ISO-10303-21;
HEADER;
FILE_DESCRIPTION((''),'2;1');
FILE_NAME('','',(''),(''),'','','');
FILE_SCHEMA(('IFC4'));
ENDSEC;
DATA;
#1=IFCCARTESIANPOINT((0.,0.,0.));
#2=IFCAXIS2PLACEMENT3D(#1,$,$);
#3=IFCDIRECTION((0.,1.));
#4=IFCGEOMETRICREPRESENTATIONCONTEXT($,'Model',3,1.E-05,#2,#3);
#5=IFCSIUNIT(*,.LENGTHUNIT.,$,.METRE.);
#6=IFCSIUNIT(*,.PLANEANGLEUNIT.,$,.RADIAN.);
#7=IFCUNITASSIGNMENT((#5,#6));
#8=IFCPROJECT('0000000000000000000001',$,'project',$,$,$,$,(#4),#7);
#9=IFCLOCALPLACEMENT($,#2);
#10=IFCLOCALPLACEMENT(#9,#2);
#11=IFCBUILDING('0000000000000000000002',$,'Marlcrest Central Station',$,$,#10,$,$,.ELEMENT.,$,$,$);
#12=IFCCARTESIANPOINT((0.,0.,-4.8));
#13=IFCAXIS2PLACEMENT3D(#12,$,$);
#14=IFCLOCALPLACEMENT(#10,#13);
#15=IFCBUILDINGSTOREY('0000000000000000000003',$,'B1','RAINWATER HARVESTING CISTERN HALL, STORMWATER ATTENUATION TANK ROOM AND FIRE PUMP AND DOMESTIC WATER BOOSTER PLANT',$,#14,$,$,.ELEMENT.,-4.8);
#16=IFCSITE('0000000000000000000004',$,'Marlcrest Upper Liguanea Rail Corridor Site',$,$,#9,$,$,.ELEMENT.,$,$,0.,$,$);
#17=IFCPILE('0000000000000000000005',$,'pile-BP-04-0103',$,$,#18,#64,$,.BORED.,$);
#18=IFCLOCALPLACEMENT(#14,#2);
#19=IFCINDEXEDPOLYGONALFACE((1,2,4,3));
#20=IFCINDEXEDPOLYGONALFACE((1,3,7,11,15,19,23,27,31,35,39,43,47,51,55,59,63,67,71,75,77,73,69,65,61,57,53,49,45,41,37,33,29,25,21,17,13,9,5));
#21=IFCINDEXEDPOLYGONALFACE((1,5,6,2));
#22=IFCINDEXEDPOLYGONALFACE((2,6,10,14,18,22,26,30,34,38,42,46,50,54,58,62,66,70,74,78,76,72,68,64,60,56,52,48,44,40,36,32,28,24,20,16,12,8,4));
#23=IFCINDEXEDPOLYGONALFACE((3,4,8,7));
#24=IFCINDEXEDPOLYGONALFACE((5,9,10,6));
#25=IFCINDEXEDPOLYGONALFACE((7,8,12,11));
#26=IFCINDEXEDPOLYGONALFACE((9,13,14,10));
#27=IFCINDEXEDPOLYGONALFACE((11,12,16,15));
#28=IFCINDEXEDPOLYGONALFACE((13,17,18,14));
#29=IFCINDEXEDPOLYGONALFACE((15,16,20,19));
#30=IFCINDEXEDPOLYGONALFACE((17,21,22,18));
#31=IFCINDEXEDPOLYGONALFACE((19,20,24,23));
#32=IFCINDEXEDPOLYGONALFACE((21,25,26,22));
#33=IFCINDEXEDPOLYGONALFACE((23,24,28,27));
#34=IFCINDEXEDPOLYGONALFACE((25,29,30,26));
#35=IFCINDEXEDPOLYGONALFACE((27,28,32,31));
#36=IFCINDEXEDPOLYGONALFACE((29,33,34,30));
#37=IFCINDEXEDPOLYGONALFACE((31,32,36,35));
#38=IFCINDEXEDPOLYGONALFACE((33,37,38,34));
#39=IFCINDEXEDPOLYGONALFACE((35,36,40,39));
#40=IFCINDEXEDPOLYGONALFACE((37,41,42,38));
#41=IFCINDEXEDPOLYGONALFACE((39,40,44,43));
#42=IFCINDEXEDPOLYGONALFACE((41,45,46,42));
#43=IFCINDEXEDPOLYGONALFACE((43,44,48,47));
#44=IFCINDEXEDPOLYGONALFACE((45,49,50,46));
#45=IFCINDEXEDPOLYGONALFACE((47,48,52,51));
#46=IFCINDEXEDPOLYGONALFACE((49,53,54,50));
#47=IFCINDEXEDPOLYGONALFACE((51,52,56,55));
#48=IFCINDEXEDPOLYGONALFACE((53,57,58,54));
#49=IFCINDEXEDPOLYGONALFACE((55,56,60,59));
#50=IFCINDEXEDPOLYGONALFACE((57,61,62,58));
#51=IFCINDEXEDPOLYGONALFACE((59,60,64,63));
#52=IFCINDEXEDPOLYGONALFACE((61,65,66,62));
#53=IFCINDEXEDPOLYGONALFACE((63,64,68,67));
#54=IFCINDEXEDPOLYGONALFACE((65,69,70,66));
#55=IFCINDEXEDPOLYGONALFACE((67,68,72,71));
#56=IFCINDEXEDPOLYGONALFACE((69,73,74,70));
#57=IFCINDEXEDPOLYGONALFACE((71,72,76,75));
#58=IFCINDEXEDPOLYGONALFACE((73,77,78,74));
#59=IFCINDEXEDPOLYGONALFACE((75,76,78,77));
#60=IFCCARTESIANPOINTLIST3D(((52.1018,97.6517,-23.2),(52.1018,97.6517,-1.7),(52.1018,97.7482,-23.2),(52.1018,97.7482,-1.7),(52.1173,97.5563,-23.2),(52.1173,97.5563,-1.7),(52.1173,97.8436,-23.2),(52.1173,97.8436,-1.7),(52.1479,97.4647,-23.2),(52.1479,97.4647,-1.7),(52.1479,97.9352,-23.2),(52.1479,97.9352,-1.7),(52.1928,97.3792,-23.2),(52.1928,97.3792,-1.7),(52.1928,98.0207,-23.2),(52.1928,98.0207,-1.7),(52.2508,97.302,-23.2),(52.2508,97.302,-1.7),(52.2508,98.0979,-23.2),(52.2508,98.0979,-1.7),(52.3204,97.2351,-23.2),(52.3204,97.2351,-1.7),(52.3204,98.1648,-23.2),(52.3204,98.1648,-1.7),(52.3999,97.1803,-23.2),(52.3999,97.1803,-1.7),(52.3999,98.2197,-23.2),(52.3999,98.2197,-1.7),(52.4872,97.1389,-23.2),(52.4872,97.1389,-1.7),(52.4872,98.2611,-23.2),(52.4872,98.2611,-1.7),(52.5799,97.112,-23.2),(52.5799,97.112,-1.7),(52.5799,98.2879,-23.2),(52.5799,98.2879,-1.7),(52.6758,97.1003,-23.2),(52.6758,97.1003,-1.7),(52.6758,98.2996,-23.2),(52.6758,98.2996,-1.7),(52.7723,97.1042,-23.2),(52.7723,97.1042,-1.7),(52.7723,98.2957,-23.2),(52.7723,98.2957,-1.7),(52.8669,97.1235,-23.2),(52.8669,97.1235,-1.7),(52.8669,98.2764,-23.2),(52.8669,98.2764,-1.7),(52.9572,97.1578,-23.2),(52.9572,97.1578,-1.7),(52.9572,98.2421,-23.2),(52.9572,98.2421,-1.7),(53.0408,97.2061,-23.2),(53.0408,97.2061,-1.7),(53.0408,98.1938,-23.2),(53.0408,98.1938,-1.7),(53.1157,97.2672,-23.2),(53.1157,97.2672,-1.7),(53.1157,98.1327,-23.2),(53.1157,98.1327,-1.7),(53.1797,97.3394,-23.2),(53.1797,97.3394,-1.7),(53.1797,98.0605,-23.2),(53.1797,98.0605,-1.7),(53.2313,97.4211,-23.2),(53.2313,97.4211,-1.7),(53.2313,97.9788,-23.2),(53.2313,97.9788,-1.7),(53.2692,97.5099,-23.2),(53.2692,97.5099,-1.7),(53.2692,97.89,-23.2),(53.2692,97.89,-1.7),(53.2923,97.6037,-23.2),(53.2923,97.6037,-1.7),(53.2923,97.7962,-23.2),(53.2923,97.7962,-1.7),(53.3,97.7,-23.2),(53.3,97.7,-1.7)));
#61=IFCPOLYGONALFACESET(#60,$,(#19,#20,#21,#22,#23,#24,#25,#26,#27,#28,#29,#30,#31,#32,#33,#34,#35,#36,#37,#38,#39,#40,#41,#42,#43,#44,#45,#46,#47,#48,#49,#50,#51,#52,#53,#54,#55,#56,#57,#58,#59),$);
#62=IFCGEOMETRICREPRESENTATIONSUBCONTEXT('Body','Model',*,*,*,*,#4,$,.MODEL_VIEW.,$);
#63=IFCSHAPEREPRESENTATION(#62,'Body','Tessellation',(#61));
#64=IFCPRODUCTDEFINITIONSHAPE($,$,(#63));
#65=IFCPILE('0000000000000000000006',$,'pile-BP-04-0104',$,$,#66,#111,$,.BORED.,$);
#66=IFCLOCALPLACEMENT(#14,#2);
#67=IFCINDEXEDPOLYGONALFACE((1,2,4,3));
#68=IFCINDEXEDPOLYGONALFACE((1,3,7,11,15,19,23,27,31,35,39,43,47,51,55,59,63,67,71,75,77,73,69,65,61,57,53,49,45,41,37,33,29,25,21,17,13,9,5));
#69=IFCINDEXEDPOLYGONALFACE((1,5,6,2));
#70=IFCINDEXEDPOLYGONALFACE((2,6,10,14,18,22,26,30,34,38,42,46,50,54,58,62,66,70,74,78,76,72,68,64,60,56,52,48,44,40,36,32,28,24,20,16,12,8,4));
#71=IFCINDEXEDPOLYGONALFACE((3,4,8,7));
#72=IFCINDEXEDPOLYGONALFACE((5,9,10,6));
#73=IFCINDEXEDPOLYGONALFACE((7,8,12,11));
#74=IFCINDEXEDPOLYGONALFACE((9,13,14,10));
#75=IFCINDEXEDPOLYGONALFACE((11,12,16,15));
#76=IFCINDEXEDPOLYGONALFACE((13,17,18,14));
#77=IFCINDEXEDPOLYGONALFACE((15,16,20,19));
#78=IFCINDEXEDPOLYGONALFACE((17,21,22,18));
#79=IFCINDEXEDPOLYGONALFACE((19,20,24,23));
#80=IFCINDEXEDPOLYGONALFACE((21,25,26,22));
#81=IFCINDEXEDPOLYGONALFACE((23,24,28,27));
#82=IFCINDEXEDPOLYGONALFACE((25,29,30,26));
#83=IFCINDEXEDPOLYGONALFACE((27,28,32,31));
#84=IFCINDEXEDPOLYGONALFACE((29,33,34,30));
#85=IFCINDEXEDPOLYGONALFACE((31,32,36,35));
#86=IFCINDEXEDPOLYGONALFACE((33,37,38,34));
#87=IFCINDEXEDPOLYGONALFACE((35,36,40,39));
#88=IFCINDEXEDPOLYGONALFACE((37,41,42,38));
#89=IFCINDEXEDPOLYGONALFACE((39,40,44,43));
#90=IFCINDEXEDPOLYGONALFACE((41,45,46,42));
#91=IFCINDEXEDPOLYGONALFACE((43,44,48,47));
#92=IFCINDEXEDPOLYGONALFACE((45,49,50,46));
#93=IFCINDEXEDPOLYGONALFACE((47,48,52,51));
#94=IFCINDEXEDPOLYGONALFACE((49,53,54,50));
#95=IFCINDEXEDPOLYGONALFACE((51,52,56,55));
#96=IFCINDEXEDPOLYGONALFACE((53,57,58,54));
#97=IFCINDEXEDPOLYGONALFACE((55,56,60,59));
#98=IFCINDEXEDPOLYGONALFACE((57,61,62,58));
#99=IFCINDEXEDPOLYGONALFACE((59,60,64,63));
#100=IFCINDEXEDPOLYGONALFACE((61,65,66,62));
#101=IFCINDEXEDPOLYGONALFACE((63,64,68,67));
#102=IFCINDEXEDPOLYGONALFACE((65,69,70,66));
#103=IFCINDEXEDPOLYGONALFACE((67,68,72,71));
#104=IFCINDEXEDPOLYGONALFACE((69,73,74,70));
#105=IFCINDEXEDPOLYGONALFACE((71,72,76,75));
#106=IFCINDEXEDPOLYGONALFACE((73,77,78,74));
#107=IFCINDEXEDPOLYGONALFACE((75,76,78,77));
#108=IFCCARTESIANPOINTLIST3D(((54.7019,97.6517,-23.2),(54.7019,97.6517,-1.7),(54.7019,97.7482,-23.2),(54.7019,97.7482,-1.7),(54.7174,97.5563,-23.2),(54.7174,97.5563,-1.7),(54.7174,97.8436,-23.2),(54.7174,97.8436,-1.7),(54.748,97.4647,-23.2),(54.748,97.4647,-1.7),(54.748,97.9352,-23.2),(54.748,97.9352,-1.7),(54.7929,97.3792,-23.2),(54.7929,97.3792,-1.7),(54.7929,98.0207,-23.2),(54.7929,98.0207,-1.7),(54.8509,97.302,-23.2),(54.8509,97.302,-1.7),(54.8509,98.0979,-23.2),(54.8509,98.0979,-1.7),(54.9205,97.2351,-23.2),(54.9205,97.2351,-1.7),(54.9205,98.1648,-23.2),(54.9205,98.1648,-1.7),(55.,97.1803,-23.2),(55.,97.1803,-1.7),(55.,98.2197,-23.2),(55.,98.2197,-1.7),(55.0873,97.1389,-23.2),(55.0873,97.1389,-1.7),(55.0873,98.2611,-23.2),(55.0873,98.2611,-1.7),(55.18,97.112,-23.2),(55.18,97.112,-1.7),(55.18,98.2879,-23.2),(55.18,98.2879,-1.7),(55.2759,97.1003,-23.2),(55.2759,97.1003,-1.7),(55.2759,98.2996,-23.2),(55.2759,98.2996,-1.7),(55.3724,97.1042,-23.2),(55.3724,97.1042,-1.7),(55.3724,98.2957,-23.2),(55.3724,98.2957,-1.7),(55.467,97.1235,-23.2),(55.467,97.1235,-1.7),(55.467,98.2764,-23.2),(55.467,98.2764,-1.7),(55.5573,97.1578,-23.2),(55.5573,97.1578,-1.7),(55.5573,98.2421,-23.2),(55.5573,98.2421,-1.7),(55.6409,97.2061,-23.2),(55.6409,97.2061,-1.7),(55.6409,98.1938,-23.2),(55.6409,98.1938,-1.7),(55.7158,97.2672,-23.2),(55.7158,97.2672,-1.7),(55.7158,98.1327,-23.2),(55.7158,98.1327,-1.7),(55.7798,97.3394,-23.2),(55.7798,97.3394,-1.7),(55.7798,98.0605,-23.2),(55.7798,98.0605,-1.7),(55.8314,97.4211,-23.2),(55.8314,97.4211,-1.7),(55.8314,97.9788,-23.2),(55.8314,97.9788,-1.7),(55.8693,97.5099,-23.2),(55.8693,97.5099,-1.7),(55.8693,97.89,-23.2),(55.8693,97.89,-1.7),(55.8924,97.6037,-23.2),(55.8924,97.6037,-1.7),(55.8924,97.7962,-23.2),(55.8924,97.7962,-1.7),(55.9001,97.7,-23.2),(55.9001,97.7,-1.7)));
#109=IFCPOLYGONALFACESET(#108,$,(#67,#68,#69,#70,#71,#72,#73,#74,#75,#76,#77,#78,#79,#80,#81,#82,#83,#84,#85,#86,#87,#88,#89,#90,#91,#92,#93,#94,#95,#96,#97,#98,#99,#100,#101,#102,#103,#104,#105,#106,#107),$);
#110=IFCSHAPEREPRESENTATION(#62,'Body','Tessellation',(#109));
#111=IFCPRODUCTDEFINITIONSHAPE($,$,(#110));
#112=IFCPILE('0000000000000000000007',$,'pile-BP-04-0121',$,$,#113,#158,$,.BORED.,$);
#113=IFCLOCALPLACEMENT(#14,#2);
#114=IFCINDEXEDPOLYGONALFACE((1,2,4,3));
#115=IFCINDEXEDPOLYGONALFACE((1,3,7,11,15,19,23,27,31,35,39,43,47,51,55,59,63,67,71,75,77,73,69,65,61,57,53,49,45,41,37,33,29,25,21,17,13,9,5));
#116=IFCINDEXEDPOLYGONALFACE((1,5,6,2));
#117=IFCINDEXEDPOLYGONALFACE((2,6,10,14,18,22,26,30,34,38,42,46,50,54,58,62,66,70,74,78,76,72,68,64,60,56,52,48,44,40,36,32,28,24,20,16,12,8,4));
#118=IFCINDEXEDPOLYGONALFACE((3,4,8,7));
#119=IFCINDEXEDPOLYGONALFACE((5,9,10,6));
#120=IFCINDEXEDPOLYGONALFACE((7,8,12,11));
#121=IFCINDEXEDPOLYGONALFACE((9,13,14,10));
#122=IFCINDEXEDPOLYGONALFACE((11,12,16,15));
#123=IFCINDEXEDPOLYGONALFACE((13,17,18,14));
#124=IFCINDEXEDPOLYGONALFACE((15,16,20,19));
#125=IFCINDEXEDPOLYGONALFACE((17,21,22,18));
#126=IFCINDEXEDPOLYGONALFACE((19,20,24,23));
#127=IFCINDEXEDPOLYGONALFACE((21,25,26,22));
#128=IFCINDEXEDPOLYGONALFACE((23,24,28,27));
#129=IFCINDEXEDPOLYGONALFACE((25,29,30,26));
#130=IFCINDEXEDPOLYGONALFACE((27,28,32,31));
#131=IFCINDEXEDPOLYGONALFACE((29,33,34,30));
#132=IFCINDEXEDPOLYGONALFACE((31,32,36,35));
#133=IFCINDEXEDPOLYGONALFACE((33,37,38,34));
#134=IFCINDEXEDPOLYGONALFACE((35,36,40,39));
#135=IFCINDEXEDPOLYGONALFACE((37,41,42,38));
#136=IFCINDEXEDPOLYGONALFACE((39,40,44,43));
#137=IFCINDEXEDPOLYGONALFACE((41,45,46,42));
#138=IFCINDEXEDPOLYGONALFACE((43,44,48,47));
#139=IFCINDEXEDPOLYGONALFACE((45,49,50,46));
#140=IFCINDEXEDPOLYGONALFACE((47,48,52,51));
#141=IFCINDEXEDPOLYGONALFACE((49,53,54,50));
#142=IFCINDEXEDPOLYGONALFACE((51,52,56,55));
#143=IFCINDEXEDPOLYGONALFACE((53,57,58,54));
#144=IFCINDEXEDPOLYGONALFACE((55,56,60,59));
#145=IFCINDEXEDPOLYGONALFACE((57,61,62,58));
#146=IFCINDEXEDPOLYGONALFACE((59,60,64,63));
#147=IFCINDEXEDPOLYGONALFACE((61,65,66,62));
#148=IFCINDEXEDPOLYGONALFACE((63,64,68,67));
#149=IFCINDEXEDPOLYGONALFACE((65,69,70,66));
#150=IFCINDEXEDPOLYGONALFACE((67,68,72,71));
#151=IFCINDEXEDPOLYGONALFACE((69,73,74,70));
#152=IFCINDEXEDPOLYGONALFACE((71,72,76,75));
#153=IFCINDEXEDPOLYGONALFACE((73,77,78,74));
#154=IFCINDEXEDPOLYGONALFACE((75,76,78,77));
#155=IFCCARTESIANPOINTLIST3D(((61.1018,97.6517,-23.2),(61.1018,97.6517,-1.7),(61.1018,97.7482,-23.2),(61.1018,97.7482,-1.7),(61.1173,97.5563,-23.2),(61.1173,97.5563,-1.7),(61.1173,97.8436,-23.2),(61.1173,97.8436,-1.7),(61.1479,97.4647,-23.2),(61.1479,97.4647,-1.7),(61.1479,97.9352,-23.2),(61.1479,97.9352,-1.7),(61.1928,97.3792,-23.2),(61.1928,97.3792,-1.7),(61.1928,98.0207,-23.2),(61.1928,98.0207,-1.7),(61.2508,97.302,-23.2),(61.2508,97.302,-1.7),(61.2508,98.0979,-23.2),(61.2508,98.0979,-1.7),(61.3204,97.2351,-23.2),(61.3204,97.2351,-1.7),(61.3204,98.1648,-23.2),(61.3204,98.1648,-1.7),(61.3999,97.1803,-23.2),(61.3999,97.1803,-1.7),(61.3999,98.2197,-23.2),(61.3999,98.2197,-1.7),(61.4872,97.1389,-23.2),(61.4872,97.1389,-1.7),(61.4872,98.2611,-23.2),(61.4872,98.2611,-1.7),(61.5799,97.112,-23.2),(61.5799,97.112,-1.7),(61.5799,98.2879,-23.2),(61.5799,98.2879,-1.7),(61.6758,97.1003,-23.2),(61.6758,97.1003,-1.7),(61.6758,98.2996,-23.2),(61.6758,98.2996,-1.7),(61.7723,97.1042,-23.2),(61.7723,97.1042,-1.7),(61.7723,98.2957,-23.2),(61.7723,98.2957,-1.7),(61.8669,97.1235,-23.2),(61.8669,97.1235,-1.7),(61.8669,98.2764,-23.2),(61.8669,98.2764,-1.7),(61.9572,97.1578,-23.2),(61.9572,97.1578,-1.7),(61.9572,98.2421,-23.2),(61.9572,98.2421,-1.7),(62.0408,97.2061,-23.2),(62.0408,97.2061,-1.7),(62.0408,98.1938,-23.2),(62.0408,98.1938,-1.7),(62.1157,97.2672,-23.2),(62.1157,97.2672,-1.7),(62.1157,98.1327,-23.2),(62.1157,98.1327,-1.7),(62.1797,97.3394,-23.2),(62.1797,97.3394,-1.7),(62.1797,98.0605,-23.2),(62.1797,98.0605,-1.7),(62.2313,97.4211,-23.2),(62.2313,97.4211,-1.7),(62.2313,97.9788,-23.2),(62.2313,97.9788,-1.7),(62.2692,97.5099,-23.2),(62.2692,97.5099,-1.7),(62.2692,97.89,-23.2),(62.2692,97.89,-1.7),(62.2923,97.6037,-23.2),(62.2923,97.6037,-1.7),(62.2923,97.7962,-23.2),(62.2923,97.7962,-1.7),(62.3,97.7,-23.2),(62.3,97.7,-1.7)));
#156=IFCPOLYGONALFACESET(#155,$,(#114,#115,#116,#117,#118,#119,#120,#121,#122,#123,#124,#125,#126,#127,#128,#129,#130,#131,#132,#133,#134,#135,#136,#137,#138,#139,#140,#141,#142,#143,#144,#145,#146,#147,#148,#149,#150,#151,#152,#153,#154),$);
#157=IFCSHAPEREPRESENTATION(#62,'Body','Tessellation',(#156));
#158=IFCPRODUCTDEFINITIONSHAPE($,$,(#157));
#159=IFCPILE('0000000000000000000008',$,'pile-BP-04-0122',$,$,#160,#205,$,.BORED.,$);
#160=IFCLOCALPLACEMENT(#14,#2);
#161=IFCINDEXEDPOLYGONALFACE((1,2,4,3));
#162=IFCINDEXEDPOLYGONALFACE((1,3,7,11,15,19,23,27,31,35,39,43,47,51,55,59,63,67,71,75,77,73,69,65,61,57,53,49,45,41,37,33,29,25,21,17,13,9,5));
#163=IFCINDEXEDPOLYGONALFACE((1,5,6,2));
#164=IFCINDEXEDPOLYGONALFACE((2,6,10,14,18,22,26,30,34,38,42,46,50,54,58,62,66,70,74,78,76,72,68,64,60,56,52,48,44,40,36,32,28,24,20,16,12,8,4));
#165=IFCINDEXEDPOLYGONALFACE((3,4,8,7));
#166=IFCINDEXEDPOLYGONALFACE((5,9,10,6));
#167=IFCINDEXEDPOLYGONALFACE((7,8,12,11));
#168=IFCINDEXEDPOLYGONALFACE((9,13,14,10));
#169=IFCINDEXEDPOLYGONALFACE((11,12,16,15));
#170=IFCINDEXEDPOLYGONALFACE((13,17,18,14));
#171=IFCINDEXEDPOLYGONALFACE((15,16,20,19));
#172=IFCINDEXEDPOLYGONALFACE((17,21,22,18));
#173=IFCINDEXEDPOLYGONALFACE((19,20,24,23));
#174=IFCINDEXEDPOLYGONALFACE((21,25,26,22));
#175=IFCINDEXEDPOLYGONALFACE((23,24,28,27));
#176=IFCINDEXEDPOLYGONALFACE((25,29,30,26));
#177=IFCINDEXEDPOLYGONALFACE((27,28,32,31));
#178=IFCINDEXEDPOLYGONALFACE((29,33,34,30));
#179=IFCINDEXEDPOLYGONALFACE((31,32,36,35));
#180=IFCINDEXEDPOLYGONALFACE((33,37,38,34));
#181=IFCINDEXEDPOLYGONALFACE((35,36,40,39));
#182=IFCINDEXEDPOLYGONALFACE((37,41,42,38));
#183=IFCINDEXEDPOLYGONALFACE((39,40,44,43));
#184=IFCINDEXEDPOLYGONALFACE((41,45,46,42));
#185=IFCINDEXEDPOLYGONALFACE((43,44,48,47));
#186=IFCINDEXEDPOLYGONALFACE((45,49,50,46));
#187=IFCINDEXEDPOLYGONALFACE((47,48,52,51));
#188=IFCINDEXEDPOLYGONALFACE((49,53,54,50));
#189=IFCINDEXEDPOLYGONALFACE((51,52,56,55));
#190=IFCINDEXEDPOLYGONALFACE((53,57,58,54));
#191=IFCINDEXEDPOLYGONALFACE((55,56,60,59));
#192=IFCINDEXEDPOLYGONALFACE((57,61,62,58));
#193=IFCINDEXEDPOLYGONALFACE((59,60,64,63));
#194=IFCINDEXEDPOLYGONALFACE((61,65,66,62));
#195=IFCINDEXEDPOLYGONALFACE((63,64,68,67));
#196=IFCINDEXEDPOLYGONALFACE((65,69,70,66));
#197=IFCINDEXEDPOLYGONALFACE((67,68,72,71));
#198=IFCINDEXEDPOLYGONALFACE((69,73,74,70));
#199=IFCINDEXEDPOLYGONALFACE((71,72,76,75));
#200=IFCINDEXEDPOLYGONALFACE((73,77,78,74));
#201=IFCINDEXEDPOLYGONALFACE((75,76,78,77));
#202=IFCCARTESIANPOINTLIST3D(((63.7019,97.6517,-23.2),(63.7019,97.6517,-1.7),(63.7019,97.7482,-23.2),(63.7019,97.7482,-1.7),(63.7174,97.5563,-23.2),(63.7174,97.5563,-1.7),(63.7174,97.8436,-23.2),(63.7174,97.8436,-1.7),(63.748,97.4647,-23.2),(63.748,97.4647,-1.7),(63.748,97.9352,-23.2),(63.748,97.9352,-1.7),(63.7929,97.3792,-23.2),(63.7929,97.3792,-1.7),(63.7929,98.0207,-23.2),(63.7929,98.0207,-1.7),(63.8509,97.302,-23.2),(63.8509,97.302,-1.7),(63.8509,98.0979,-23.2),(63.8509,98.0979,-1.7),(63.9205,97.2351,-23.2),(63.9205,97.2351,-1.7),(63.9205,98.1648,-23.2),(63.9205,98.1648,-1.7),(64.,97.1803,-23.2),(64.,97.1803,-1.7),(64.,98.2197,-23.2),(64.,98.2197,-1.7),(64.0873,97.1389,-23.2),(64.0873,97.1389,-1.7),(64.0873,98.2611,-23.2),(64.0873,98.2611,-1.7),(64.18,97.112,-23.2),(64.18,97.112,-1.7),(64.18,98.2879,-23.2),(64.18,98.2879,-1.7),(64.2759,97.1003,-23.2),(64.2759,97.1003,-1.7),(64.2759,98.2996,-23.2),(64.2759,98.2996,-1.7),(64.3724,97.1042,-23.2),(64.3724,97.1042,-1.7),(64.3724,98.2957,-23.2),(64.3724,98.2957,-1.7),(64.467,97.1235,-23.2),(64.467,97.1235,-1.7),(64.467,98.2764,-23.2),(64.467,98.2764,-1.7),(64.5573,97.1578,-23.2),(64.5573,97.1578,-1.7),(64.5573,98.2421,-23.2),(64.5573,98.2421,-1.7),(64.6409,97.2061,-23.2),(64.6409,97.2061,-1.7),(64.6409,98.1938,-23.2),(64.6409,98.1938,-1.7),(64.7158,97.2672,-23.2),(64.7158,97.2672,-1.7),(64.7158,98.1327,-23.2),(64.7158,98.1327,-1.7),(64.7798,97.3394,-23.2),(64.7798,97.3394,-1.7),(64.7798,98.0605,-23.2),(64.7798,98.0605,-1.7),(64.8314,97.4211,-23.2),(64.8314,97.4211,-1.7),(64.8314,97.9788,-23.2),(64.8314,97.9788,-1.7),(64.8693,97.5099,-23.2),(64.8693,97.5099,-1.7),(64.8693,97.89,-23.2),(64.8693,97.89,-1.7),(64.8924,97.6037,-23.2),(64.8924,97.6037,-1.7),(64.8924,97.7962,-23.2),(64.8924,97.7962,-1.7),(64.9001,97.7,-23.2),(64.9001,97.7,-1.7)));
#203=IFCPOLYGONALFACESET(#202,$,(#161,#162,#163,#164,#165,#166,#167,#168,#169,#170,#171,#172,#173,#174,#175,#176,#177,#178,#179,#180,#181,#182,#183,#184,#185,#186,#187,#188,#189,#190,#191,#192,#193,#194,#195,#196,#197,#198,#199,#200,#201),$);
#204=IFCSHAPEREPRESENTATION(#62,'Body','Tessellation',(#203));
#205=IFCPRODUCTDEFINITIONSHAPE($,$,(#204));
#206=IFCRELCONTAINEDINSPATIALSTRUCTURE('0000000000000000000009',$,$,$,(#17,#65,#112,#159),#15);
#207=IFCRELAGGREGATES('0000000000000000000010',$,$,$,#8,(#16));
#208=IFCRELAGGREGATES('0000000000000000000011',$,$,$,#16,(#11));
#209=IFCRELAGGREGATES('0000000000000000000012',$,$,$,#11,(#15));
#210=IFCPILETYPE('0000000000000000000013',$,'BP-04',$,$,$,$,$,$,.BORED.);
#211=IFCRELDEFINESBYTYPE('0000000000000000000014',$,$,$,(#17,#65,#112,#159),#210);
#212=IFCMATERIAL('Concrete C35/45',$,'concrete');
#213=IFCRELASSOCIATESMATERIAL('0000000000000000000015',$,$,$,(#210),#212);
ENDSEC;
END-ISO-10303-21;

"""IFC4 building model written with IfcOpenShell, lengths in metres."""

from ifc_helpers import new_model, si_unit, direction, frame, origin, origin_2d, place, context, subcontext, project, spatial, circle, extrude, material, material_profile, profile_set, type_object, element, save


model = new_model("IFC4")

# Units and contexts
model_context = context("Model", 3, precision=1e-05, world=origin(), true_north=direction((0.0, 1.0)))
body_context = subcontext(model_context, "Body", "Model", "MODEL_VIEW")
ifc_project = project(units=[si_unit("LENGTHUNIT", "METRE"), si_unit("PLANEANGLEUNIT", "RADIAN")], contexts=[model_context])

# Site, building, storey
site_placement = place(None, origin())
site = spatial("IfcSite", under=ifc_project, at=site_placement, Name="Marlcrest Upper Liguanea Rail Corridor Site", CompositionType="ELEMENT", RefElevation=0.0)
building_placement = place(site_placement, origin())
building = spatial("IfcBuilding", under=site, at=building_placement, Name="Marlcrest Central Station", CompositionType="ELEMENT")
storey_placement = place(building_placement, frame((0.0, 0.0, -4.8)))
storey = spatial("IfcBuildingStorey", under=building, at=storey_placement, Name="B1", Description="RAINWATER HARVESTING CISTERN HALL, STORMWATER ATTENUATION TANK ROOM AND FIRE PUMP AND DOMESTIC WATER BOOSTER PLANT", CompositionType="ELEMENT", Elevation=-4.8)

# Piles
ifc_material_1 = material(Name="Concrete C35/45", Category="concrete")
ifc_material_profile = material_profile(ifc_material_1, circle(Radius=0.6001, at=origin_2d()), Name="PILE D1200")
ifc_profile_set = profile_set([ifc_material_profile], Name="Concrete C35/45")
pile_type = type_object("IfcPileType", Name="BP-04", PredefinedType="BORED", material=ifc_profile_set)
for number, where, z_axis, x_axis, name in (
    (1, (52.7, 97.7, -1.7), (0.0, 0.0, -1.0), (1.0, 0.0, 0.0), "pile-BP-04-0103"),
    (2, (55.3, 97.7, -1.7), (0.0, 0.0, -1.0), (1.0, 0.0, 0.0), "pile-BP-04-0104"),
    (3, (61.7, 97.7, -1.7), (0.0, 0.0, -1.0), (1.0, 0.0, 0.0), "pile-BP-04-0121"),
    (4, (64.3, 97.7, -1.7), (0.0, 0.0, -1.0), (1.0, 0.0, 0.0), "pile-BP-04-0122"),
):
    element("IfcPile", number, at=place(storey_placement, frame(where, z_axis=z_axis, x_axis=x_axis)), inside=storey, type_object=pile_type, Name=name, PredefinedType="BORED", context=body_context, shape_type="SweptSolid", body=[
        extrude(circle(Radius=0.6001, at=origin_2d()), origin(), (0.0, 0.0, 1.0), 21.5),
    ])

save(model, "model.ifc")
